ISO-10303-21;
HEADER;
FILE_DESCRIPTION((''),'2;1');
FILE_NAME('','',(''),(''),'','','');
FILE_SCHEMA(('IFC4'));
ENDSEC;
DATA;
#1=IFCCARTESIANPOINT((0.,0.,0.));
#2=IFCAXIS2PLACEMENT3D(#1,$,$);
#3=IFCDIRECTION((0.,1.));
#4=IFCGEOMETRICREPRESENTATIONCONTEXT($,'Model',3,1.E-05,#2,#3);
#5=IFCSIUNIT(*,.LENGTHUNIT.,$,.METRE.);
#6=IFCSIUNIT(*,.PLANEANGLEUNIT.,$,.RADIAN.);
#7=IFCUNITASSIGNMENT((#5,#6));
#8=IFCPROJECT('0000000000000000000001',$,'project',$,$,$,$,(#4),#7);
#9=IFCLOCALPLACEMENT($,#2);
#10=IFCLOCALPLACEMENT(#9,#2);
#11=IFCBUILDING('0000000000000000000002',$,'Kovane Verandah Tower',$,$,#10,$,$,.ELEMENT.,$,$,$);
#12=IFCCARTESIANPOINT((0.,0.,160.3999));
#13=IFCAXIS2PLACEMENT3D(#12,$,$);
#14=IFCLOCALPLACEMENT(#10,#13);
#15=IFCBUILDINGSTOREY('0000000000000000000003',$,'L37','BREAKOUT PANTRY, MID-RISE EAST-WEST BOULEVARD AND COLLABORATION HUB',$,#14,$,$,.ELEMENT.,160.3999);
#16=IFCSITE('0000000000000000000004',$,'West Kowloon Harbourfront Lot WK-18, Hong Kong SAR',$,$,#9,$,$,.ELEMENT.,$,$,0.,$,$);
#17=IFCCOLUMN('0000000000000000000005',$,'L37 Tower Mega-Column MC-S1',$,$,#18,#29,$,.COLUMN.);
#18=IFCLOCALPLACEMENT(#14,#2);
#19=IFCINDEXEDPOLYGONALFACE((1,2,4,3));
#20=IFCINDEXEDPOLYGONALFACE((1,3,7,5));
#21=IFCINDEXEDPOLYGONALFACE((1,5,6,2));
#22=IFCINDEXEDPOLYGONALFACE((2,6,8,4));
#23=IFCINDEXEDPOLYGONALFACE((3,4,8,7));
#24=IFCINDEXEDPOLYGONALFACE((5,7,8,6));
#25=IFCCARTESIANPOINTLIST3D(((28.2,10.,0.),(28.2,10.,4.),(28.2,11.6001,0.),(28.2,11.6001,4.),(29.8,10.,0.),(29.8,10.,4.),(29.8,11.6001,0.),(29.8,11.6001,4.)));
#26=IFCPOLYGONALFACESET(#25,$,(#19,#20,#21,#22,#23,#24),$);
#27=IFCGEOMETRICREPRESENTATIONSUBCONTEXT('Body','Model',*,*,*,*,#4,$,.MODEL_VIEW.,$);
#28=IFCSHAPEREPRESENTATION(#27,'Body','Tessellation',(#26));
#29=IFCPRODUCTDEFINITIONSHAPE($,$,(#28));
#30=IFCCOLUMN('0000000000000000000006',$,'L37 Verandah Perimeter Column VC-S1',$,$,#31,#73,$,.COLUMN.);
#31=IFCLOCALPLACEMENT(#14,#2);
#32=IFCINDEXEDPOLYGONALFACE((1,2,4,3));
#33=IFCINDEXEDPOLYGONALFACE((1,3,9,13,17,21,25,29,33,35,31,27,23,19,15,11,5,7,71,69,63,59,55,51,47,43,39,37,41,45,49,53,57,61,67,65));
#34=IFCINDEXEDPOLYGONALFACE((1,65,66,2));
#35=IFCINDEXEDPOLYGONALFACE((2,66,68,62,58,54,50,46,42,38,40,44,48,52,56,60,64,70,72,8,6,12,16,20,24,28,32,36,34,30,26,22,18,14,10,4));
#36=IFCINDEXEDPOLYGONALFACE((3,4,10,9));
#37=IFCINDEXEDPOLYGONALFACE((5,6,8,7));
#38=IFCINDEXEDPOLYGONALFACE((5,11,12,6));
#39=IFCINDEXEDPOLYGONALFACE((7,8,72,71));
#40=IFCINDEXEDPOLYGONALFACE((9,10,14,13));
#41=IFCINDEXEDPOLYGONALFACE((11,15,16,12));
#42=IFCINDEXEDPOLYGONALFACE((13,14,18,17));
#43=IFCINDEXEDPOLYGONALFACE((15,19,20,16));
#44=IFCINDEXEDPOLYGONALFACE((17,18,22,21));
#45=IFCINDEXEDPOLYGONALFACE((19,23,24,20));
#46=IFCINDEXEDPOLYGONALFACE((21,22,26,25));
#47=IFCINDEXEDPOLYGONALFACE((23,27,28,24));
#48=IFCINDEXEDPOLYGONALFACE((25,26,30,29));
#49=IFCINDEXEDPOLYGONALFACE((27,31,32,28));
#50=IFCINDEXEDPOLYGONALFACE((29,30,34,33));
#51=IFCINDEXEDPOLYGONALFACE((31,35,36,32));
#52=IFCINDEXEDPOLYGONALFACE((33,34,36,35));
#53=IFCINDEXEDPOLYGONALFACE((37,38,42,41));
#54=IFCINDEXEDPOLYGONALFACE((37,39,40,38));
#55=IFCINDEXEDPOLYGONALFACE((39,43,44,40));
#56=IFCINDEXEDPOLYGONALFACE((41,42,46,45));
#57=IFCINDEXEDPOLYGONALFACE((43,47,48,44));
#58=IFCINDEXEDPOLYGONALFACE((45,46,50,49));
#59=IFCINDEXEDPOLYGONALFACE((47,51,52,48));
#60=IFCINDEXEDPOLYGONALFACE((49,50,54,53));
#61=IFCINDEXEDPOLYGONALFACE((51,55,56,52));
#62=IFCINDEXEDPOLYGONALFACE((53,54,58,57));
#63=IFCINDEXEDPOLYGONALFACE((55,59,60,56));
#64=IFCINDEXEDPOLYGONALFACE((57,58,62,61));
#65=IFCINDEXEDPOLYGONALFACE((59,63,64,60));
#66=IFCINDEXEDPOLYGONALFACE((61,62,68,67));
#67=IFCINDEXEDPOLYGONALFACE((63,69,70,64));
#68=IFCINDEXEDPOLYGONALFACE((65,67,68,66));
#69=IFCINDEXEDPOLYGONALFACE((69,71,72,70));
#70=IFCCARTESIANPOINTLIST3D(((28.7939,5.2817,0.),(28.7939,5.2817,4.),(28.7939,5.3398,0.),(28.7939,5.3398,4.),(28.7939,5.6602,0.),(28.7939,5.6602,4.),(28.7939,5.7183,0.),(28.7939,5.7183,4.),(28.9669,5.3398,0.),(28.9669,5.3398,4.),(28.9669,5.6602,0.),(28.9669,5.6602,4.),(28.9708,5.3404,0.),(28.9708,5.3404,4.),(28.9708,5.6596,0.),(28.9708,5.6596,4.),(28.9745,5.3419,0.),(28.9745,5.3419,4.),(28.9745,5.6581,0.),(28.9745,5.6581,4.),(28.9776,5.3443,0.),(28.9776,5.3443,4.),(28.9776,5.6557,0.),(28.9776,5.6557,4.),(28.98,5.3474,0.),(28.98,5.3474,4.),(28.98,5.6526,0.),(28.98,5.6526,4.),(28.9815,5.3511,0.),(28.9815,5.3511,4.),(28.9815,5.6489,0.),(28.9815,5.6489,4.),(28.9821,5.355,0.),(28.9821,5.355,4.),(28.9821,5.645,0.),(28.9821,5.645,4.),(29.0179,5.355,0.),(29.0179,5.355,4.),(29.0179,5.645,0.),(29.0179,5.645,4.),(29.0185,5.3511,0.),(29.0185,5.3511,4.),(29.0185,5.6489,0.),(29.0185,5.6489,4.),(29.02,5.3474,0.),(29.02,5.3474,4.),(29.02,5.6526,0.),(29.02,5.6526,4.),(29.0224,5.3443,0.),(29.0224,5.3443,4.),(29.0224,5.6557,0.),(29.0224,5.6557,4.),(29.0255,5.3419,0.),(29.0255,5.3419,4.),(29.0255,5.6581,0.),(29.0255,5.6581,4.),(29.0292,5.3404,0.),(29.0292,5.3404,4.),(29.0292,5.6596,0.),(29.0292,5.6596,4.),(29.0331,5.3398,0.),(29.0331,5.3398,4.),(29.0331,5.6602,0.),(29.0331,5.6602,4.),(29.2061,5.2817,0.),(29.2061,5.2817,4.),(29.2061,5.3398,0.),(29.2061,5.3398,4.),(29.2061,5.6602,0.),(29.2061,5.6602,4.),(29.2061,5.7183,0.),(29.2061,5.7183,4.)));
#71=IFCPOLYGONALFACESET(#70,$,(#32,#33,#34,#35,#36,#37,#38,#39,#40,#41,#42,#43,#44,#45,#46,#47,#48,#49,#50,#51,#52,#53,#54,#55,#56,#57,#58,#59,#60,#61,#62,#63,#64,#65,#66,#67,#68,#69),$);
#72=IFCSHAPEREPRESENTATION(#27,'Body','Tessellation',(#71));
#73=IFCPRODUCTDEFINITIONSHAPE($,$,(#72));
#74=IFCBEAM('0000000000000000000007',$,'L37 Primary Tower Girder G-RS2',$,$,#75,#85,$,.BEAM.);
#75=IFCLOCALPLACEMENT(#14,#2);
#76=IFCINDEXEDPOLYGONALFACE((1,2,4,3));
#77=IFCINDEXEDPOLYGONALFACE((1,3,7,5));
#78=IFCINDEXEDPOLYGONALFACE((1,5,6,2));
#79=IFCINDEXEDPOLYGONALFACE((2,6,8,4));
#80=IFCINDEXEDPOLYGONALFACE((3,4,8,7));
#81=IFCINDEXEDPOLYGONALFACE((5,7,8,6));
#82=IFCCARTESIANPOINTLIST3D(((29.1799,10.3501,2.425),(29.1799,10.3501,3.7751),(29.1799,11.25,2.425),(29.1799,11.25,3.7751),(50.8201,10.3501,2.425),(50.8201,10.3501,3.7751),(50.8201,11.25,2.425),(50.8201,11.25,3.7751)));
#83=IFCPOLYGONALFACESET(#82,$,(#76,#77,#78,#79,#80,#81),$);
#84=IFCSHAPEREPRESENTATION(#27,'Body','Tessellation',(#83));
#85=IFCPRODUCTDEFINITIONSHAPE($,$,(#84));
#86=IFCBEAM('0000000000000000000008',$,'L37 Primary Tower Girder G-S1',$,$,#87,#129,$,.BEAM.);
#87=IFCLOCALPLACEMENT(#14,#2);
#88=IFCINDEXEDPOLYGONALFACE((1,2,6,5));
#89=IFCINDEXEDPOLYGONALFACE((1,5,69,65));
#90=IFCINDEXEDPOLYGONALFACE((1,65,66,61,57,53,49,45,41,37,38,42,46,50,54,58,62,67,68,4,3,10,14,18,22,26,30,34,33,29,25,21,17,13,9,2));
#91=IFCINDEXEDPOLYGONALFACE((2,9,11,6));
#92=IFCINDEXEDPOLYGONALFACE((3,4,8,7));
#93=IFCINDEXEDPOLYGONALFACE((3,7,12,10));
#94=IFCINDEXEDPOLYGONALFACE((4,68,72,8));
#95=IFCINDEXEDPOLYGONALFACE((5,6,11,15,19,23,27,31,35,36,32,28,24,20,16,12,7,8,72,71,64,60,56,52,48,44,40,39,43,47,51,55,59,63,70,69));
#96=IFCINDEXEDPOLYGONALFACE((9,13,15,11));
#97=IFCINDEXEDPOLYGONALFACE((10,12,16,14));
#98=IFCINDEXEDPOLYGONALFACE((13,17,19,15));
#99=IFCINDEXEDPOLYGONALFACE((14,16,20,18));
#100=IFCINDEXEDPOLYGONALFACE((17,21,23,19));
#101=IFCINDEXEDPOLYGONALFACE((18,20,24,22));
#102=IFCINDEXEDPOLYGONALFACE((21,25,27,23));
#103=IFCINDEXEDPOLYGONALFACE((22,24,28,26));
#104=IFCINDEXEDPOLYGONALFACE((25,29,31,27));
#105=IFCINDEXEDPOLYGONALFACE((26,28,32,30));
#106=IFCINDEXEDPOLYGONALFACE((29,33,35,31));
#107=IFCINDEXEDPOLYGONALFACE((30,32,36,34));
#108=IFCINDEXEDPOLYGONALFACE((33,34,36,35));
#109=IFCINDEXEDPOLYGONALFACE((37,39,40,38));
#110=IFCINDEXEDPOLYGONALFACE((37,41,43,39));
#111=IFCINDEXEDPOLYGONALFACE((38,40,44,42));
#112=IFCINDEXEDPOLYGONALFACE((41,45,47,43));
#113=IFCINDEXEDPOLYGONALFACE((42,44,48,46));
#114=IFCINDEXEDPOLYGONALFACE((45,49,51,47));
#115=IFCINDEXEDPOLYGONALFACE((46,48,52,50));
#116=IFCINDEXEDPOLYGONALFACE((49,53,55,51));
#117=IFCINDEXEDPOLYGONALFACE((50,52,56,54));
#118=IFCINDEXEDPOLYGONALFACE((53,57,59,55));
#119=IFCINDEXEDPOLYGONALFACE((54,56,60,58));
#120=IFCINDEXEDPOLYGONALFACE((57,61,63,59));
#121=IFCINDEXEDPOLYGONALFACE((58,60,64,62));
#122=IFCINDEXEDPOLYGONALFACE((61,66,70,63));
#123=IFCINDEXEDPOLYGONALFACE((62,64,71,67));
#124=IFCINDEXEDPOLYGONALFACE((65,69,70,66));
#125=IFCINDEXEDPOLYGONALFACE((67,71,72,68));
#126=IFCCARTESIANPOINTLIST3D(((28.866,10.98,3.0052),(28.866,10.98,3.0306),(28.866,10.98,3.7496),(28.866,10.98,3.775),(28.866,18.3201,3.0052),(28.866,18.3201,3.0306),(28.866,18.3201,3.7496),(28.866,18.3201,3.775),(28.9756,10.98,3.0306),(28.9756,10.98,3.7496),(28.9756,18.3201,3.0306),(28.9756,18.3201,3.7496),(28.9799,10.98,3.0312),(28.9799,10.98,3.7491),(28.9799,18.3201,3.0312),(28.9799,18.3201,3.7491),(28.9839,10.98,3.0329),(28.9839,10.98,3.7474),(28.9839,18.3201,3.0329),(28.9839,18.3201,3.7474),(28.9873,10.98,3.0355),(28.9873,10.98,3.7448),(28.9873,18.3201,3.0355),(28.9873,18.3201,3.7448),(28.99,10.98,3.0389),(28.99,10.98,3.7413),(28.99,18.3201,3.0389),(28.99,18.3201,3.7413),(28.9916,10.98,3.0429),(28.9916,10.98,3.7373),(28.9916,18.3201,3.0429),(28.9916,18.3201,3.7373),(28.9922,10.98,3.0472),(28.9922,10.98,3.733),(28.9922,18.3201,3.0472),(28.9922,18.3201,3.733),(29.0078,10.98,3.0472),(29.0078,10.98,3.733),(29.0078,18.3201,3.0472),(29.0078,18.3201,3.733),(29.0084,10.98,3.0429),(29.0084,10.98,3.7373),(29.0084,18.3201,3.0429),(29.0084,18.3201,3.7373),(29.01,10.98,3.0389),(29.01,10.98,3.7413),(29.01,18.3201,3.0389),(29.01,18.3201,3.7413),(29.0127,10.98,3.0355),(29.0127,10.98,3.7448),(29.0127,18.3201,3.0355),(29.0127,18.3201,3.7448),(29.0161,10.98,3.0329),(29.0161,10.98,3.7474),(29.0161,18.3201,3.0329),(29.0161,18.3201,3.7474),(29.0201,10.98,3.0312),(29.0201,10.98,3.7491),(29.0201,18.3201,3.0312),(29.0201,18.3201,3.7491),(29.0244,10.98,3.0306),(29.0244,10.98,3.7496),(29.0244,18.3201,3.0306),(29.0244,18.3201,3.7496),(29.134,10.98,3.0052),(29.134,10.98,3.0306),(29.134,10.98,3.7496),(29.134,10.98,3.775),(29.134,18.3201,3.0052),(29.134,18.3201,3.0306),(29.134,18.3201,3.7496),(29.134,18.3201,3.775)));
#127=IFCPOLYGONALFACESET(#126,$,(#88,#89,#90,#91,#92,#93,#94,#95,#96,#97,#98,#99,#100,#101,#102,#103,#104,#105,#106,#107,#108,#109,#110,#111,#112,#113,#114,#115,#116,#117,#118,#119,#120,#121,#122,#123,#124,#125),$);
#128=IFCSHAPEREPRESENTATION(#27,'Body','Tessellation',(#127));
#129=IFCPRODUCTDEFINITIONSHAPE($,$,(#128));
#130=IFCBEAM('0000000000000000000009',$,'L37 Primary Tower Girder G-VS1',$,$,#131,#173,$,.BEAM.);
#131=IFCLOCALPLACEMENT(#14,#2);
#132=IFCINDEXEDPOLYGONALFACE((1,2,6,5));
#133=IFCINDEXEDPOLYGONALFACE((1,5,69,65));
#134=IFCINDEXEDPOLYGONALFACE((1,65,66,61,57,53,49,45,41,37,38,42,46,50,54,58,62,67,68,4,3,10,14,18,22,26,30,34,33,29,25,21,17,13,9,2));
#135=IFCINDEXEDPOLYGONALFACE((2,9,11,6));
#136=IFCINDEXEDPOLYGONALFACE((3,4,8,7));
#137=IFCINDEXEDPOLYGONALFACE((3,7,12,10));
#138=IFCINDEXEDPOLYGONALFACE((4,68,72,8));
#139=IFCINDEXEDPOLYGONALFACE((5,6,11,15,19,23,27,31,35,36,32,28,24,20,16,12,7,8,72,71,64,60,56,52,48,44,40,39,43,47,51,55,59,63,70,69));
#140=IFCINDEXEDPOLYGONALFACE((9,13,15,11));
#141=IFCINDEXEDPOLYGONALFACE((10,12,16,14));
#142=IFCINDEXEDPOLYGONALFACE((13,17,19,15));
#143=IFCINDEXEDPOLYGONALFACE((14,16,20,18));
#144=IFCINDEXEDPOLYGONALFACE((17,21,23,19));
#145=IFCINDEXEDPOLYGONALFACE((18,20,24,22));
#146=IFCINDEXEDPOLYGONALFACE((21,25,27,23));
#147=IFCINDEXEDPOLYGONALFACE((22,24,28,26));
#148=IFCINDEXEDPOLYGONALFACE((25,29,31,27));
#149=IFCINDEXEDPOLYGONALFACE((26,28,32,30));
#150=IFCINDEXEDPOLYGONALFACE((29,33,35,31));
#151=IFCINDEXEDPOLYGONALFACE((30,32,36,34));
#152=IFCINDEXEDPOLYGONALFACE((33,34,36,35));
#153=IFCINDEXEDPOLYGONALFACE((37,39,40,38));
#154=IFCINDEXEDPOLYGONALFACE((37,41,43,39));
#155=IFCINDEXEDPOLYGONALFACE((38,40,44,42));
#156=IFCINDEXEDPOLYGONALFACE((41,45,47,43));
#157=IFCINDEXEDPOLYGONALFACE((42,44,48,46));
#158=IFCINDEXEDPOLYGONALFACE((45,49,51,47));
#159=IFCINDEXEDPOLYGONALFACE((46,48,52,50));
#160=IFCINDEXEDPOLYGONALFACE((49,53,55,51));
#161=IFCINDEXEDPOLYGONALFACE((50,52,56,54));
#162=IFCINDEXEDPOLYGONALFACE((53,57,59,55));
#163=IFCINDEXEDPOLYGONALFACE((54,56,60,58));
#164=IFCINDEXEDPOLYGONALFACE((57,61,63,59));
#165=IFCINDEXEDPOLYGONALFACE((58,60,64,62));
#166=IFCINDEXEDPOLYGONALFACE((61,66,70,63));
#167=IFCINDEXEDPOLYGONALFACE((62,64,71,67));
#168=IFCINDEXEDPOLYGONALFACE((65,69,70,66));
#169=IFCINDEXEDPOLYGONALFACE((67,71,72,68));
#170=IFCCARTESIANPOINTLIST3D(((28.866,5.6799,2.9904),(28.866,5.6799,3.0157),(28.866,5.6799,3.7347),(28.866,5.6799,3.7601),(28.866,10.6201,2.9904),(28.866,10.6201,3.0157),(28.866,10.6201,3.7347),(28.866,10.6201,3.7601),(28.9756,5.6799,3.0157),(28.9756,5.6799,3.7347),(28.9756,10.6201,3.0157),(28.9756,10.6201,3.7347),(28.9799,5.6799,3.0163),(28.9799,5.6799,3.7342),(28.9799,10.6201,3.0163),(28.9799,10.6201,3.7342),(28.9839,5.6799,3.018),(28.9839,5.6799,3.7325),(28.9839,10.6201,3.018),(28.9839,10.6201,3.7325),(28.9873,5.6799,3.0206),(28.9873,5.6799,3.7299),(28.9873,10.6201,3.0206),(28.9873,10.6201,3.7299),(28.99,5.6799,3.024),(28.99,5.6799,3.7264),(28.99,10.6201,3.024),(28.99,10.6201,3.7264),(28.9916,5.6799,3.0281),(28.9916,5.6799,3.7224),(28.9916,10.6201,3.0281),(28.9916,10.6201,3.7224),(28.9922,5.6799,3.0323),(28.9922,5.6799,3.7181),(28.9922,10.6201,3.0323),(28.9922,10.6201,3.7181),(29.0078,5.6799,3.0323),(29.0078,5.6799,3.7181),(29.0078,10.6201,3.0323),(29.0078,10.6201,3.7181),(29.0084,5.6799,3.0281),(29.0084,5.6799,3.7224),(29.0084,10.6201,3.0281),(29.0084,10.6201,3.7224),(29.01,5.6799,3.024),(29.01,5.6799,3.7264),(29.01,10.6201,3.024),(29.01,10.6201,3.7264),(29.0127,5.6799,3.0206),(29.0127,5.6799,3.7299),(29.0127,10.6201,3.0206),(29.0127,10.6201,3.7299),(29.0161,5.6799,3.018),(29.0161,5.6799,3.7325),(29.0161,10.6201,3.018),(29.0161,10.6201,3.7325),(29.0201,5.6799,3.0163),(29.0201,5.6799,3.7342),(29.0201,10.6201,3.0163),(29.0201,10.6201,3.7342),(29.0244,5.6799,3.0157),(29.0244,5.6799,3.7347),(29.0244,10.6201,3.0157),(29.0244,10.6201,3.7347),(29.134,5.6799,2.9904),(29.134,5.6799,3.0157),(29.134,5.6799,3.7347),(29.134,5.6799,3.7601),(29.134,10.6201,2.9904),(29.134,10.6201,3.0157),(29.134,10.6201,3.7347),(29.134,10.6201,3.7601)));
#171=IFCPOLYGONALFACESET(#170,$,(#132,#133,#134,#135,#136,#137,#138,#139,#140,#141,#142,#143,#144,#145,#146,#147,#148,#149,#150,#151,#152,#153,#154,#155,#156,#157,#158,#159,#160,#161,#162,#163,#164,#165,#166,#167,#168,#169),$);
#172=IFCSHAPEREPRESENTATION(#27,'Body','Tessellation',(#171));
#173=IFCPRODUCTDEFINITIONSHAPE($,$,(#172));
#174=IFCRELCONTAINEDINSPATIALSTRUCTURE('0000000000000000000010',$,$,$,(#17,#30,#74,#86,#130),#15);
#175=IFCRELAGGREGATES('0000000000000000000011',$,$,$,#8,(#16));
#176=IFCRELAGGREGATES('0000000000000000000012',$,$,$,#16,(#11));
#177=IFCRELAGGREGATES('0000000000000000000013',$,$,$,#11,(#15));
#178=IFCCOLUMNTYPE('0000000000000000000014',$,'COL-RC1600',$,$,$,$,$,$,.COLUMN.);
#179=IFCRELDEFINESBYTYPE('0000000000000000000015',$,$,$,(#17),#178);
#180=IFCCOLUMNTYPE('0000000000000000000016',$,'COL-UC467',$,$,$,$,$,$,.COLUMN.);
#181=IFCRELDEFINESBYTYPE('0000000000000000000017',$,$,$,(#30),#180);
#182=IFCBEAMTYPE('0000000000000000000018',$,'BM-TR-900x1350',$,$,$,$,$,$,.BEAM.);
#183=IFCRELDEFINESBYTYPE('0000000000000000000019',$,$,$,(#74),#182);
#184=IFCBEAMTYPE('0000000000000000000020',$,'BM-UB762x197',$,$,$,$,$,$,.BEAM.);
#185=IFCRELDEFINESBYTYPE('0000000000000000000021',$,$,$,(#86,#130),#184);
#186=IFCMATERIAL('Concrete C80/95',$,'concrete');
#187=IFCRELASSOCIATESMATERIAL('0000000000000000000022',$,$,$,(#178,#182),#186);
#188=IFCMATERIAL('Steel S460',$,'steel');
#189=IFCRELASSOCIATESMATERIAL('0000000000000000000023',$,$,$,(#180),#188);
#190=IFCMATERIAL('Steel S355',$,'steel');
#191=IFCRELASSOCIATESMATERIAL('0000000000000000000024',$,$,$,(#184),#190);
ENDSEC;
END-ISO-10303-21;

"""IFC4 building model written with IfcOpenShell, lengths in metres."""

from ifc_helpers import new_model, si_unit, direction, frame, origin, origin_2d, place, context, subcontext, project, spatial, rectangle, i_section, extrude, material, material_profile, profile_set, type_object, element, save


model = new_model("IFC4")

# Units and contexts
model_context = context("Model", 3, precision=1e-05, world=origin(), true_north=direction((0.0, 1.0)))
body_context = subcontext(model_context, "Body", "Model", "MODEL_VIEW")
ifc_project = project(units=[si_unit("LENGTHUNIT", "METRE"), si_unit("PLANEANGLEUNIT", "RADIAN")], contexts=[model_context])

# Site, building, storey
site_placement = place(None, origin())
site = spatial("IfcSite", under=ifc_project, at=site_placement, Name="West Kowloon Harbourfront Lot WK-18, Hong Kong SAR", CompositionType="ELEMENT", RefElevation=0.0)
building_placement = place(site_placement, origin())
building = spatial("IfcBuilding", under=site, at=building_placement, Name="Kovane Verandah Tower", CompositionType="ELEMENT")
storey_placement = place(building_placement, frame((0.0, 0.0, 160.3999)))
storey = spatial("IfcBuildingStorey", under=building, at=storey_placement, Name="L37", Description="BREAKOUT PANTRY, MID-RISE EAST-WEST BOULEVARD AND COLLABORATION HUB", CompositionType="ELEMENT", Elevation=160.3999)

# Columns
ifc_material_1 = material(Name="Concrete C80/95", Category="concrete")
ifc_material_profile_1 = material_profile(ifc_material_1, rectangle(XDim=1.6001, YDim=1.6001, at=origin_2d()), Name="RC1600x1600")
ifc_profile_set_1 = profile_set([ifc_material_profile_1], Name="Concrete C80/95")
column_type_1 = type_object("IfcColumnType", Name="COL-RC1600", PredefinedType="COLUMN", material=ifc_profile_set_1)
column_1_placement = place(storey_placement, frame((29.0, 10.8, 0.0), z_axis=(0.0, 0.0, 1.0), x_axis=(1.0, 0.0, 0.0)))
element("IfcColumn", 1, at=column_1_placement, inside=storey, type_object=column_type_1, Name="L37 Tower Mega-Column MC-S1", PredefinedType="COLUMN", context=body_context, shape_type="SweptSolid", body=[
    extrude(rectangle(XDim=1.6001, YDim=1.6001, at=origin_2d()), origin(), (0.0, 0.0, 1.0), 4.0),
])
ifc_material_2 = material(Name="Steel S460", Category="steel")
ifc_material_profile_2 = material_profile(ifc_material_2, i_section(OverallWidth=0.4121, OverallDepth=0.4365, WebThickness=0.0359, FlangeThickness=0.0581, FilletRadius=0.0151, at=origin_2d()), Name="UC356x406x467")
ifc_profile_set_2 = profile_set([ifc_material_profile_2], Name="Steel S460")
column_type_2 = type_object("IfcColumnType", Name="COL-UC467", PredefinedType="COLUMN", material=ifc_profile_set_2)
column_2_placement = place(storey_placement, frame((29.0, 5.5, 0.0), z_axis=(0.0, 0.0, 1.0), x_axis=(1.0, 0.0, 0.0)))
element("IfcColumn", 2, at=column_2_placement, inside=storey, type_object=column_type_2, Name="L37 Verandah Perimeter Column VC-S1", PredefinedType="COLUMN", context=body_context, shape_type="SweptSolid", body=[
    extrude(i_section(OverallWidth=0.4121, OverallDepth=0.4365, WebThickness=0.0359, FlangeThickness=0.0581, FilletRadius=0.0151, at=origin_2d()), origin(), (0.0, 0.0, 1.0), 4.0),
])

# Beams
ifc_material_profile_3 = material_profile(ifc_material_1, rectangle(XDim=0.8999, YDim=1.3501, at=origin_2d()), Name="RCB900x1350")
ifc_profile_set_3 = profile_set([ifc_material_profile_3], Name="Concrete C80/95")
beam_type_1 = type_object("IfcBeamType", Name="BM-TR-900x1350", PredefinedType="BEAM", material=ifc_profile_set_3)
beam_1_placement = place(storey_placement, frame((29.1799, 10.8, 3.1001), z_axis=(1.0, 0.0, 0.0), x_axis=(0.0, 1.0, 0.0)))
element("IfcBeam", 3, at=beam_1_placement, inside=storey, type_object=beam_type_1, Name="L37 Primary Tower Girder G-RS2", PredefinedType="BEAM", context=body_context, shape_type="SweptSolid", body=[
    extrude(rectangle(XDim=0.8999, YDim=1.3501, at=origin_2d()), origin(), (0.0, 0.0, 1.0), 21.6401),
])
ifc_material_3 = material(Name="Steel S355", Category="steel")
ifc_material_profile_4 = material_profile(ifc_material_3, i_section(OverallWidth=0.2681, OverallDepth=0.7698, WebThickness=0.0156, FlangeThickness=0.0254, FilletRadius=0.0166, at=origin_2d()), Name="UB762x267x197")
ifc_profile_set_4 = profile_set([ifc_material_profile_4], Name="Steel S355")
beam_type_2 = type_object("IfcBeamType", Name="BM-UB762x197", PredefinedType="BEAM", material=ifc_profile_set_4)
beam_2_placement = place(storey_placement, frame((29.0, 18.3201, 3.3901), z_axis=(0.0, -1.0, 0.0), x_axis=(1.0, 0.0, 0.0)))
element("IfcBeam", 4, at=beam_2_placement, inside=storey, type_object=beam_type_2, Name="L37 Primary Tower Girder G-S1", PredefinedType="BEAM", context=body_context, shape_type="SweptSolid", body=[
    extrude(i_section(OverallWidth=0.2681, OverallDepth=0.7698, WebThickness=0.0156, FlangeThickness=0.0254, FilletRadius=0.0166, at=origin_2d()), origin(), (0.0, 0.0, 1.0), 7.3401),
])
beam_3_placement = place(storey_placement, frame((29.0, 10.6201, 3.3752), z_axis=(0.0, -1.0, 0.0), x_axis=(1.0, 0.0, 0.0)))
element("IfcBeam", 5, at=beam_3_placement, inside=storey, type_object=beam_type_2, Name="L37 Primary Tower Girder G-VS1", PredefinedType="BEAM", context=body_context, shape_type="SweptSolid", body=[
    extrude(i_section(OverallWidth=0.2681, OverallDepth=0.7698, WebThickness=0.0156, FlangeThickness=0.0254, FilletRadius=0.0166, at=origin_2d()), origin(), (0.0, 0.0, 1.0), 4.9402),
])

save(model, "model.ifc")
